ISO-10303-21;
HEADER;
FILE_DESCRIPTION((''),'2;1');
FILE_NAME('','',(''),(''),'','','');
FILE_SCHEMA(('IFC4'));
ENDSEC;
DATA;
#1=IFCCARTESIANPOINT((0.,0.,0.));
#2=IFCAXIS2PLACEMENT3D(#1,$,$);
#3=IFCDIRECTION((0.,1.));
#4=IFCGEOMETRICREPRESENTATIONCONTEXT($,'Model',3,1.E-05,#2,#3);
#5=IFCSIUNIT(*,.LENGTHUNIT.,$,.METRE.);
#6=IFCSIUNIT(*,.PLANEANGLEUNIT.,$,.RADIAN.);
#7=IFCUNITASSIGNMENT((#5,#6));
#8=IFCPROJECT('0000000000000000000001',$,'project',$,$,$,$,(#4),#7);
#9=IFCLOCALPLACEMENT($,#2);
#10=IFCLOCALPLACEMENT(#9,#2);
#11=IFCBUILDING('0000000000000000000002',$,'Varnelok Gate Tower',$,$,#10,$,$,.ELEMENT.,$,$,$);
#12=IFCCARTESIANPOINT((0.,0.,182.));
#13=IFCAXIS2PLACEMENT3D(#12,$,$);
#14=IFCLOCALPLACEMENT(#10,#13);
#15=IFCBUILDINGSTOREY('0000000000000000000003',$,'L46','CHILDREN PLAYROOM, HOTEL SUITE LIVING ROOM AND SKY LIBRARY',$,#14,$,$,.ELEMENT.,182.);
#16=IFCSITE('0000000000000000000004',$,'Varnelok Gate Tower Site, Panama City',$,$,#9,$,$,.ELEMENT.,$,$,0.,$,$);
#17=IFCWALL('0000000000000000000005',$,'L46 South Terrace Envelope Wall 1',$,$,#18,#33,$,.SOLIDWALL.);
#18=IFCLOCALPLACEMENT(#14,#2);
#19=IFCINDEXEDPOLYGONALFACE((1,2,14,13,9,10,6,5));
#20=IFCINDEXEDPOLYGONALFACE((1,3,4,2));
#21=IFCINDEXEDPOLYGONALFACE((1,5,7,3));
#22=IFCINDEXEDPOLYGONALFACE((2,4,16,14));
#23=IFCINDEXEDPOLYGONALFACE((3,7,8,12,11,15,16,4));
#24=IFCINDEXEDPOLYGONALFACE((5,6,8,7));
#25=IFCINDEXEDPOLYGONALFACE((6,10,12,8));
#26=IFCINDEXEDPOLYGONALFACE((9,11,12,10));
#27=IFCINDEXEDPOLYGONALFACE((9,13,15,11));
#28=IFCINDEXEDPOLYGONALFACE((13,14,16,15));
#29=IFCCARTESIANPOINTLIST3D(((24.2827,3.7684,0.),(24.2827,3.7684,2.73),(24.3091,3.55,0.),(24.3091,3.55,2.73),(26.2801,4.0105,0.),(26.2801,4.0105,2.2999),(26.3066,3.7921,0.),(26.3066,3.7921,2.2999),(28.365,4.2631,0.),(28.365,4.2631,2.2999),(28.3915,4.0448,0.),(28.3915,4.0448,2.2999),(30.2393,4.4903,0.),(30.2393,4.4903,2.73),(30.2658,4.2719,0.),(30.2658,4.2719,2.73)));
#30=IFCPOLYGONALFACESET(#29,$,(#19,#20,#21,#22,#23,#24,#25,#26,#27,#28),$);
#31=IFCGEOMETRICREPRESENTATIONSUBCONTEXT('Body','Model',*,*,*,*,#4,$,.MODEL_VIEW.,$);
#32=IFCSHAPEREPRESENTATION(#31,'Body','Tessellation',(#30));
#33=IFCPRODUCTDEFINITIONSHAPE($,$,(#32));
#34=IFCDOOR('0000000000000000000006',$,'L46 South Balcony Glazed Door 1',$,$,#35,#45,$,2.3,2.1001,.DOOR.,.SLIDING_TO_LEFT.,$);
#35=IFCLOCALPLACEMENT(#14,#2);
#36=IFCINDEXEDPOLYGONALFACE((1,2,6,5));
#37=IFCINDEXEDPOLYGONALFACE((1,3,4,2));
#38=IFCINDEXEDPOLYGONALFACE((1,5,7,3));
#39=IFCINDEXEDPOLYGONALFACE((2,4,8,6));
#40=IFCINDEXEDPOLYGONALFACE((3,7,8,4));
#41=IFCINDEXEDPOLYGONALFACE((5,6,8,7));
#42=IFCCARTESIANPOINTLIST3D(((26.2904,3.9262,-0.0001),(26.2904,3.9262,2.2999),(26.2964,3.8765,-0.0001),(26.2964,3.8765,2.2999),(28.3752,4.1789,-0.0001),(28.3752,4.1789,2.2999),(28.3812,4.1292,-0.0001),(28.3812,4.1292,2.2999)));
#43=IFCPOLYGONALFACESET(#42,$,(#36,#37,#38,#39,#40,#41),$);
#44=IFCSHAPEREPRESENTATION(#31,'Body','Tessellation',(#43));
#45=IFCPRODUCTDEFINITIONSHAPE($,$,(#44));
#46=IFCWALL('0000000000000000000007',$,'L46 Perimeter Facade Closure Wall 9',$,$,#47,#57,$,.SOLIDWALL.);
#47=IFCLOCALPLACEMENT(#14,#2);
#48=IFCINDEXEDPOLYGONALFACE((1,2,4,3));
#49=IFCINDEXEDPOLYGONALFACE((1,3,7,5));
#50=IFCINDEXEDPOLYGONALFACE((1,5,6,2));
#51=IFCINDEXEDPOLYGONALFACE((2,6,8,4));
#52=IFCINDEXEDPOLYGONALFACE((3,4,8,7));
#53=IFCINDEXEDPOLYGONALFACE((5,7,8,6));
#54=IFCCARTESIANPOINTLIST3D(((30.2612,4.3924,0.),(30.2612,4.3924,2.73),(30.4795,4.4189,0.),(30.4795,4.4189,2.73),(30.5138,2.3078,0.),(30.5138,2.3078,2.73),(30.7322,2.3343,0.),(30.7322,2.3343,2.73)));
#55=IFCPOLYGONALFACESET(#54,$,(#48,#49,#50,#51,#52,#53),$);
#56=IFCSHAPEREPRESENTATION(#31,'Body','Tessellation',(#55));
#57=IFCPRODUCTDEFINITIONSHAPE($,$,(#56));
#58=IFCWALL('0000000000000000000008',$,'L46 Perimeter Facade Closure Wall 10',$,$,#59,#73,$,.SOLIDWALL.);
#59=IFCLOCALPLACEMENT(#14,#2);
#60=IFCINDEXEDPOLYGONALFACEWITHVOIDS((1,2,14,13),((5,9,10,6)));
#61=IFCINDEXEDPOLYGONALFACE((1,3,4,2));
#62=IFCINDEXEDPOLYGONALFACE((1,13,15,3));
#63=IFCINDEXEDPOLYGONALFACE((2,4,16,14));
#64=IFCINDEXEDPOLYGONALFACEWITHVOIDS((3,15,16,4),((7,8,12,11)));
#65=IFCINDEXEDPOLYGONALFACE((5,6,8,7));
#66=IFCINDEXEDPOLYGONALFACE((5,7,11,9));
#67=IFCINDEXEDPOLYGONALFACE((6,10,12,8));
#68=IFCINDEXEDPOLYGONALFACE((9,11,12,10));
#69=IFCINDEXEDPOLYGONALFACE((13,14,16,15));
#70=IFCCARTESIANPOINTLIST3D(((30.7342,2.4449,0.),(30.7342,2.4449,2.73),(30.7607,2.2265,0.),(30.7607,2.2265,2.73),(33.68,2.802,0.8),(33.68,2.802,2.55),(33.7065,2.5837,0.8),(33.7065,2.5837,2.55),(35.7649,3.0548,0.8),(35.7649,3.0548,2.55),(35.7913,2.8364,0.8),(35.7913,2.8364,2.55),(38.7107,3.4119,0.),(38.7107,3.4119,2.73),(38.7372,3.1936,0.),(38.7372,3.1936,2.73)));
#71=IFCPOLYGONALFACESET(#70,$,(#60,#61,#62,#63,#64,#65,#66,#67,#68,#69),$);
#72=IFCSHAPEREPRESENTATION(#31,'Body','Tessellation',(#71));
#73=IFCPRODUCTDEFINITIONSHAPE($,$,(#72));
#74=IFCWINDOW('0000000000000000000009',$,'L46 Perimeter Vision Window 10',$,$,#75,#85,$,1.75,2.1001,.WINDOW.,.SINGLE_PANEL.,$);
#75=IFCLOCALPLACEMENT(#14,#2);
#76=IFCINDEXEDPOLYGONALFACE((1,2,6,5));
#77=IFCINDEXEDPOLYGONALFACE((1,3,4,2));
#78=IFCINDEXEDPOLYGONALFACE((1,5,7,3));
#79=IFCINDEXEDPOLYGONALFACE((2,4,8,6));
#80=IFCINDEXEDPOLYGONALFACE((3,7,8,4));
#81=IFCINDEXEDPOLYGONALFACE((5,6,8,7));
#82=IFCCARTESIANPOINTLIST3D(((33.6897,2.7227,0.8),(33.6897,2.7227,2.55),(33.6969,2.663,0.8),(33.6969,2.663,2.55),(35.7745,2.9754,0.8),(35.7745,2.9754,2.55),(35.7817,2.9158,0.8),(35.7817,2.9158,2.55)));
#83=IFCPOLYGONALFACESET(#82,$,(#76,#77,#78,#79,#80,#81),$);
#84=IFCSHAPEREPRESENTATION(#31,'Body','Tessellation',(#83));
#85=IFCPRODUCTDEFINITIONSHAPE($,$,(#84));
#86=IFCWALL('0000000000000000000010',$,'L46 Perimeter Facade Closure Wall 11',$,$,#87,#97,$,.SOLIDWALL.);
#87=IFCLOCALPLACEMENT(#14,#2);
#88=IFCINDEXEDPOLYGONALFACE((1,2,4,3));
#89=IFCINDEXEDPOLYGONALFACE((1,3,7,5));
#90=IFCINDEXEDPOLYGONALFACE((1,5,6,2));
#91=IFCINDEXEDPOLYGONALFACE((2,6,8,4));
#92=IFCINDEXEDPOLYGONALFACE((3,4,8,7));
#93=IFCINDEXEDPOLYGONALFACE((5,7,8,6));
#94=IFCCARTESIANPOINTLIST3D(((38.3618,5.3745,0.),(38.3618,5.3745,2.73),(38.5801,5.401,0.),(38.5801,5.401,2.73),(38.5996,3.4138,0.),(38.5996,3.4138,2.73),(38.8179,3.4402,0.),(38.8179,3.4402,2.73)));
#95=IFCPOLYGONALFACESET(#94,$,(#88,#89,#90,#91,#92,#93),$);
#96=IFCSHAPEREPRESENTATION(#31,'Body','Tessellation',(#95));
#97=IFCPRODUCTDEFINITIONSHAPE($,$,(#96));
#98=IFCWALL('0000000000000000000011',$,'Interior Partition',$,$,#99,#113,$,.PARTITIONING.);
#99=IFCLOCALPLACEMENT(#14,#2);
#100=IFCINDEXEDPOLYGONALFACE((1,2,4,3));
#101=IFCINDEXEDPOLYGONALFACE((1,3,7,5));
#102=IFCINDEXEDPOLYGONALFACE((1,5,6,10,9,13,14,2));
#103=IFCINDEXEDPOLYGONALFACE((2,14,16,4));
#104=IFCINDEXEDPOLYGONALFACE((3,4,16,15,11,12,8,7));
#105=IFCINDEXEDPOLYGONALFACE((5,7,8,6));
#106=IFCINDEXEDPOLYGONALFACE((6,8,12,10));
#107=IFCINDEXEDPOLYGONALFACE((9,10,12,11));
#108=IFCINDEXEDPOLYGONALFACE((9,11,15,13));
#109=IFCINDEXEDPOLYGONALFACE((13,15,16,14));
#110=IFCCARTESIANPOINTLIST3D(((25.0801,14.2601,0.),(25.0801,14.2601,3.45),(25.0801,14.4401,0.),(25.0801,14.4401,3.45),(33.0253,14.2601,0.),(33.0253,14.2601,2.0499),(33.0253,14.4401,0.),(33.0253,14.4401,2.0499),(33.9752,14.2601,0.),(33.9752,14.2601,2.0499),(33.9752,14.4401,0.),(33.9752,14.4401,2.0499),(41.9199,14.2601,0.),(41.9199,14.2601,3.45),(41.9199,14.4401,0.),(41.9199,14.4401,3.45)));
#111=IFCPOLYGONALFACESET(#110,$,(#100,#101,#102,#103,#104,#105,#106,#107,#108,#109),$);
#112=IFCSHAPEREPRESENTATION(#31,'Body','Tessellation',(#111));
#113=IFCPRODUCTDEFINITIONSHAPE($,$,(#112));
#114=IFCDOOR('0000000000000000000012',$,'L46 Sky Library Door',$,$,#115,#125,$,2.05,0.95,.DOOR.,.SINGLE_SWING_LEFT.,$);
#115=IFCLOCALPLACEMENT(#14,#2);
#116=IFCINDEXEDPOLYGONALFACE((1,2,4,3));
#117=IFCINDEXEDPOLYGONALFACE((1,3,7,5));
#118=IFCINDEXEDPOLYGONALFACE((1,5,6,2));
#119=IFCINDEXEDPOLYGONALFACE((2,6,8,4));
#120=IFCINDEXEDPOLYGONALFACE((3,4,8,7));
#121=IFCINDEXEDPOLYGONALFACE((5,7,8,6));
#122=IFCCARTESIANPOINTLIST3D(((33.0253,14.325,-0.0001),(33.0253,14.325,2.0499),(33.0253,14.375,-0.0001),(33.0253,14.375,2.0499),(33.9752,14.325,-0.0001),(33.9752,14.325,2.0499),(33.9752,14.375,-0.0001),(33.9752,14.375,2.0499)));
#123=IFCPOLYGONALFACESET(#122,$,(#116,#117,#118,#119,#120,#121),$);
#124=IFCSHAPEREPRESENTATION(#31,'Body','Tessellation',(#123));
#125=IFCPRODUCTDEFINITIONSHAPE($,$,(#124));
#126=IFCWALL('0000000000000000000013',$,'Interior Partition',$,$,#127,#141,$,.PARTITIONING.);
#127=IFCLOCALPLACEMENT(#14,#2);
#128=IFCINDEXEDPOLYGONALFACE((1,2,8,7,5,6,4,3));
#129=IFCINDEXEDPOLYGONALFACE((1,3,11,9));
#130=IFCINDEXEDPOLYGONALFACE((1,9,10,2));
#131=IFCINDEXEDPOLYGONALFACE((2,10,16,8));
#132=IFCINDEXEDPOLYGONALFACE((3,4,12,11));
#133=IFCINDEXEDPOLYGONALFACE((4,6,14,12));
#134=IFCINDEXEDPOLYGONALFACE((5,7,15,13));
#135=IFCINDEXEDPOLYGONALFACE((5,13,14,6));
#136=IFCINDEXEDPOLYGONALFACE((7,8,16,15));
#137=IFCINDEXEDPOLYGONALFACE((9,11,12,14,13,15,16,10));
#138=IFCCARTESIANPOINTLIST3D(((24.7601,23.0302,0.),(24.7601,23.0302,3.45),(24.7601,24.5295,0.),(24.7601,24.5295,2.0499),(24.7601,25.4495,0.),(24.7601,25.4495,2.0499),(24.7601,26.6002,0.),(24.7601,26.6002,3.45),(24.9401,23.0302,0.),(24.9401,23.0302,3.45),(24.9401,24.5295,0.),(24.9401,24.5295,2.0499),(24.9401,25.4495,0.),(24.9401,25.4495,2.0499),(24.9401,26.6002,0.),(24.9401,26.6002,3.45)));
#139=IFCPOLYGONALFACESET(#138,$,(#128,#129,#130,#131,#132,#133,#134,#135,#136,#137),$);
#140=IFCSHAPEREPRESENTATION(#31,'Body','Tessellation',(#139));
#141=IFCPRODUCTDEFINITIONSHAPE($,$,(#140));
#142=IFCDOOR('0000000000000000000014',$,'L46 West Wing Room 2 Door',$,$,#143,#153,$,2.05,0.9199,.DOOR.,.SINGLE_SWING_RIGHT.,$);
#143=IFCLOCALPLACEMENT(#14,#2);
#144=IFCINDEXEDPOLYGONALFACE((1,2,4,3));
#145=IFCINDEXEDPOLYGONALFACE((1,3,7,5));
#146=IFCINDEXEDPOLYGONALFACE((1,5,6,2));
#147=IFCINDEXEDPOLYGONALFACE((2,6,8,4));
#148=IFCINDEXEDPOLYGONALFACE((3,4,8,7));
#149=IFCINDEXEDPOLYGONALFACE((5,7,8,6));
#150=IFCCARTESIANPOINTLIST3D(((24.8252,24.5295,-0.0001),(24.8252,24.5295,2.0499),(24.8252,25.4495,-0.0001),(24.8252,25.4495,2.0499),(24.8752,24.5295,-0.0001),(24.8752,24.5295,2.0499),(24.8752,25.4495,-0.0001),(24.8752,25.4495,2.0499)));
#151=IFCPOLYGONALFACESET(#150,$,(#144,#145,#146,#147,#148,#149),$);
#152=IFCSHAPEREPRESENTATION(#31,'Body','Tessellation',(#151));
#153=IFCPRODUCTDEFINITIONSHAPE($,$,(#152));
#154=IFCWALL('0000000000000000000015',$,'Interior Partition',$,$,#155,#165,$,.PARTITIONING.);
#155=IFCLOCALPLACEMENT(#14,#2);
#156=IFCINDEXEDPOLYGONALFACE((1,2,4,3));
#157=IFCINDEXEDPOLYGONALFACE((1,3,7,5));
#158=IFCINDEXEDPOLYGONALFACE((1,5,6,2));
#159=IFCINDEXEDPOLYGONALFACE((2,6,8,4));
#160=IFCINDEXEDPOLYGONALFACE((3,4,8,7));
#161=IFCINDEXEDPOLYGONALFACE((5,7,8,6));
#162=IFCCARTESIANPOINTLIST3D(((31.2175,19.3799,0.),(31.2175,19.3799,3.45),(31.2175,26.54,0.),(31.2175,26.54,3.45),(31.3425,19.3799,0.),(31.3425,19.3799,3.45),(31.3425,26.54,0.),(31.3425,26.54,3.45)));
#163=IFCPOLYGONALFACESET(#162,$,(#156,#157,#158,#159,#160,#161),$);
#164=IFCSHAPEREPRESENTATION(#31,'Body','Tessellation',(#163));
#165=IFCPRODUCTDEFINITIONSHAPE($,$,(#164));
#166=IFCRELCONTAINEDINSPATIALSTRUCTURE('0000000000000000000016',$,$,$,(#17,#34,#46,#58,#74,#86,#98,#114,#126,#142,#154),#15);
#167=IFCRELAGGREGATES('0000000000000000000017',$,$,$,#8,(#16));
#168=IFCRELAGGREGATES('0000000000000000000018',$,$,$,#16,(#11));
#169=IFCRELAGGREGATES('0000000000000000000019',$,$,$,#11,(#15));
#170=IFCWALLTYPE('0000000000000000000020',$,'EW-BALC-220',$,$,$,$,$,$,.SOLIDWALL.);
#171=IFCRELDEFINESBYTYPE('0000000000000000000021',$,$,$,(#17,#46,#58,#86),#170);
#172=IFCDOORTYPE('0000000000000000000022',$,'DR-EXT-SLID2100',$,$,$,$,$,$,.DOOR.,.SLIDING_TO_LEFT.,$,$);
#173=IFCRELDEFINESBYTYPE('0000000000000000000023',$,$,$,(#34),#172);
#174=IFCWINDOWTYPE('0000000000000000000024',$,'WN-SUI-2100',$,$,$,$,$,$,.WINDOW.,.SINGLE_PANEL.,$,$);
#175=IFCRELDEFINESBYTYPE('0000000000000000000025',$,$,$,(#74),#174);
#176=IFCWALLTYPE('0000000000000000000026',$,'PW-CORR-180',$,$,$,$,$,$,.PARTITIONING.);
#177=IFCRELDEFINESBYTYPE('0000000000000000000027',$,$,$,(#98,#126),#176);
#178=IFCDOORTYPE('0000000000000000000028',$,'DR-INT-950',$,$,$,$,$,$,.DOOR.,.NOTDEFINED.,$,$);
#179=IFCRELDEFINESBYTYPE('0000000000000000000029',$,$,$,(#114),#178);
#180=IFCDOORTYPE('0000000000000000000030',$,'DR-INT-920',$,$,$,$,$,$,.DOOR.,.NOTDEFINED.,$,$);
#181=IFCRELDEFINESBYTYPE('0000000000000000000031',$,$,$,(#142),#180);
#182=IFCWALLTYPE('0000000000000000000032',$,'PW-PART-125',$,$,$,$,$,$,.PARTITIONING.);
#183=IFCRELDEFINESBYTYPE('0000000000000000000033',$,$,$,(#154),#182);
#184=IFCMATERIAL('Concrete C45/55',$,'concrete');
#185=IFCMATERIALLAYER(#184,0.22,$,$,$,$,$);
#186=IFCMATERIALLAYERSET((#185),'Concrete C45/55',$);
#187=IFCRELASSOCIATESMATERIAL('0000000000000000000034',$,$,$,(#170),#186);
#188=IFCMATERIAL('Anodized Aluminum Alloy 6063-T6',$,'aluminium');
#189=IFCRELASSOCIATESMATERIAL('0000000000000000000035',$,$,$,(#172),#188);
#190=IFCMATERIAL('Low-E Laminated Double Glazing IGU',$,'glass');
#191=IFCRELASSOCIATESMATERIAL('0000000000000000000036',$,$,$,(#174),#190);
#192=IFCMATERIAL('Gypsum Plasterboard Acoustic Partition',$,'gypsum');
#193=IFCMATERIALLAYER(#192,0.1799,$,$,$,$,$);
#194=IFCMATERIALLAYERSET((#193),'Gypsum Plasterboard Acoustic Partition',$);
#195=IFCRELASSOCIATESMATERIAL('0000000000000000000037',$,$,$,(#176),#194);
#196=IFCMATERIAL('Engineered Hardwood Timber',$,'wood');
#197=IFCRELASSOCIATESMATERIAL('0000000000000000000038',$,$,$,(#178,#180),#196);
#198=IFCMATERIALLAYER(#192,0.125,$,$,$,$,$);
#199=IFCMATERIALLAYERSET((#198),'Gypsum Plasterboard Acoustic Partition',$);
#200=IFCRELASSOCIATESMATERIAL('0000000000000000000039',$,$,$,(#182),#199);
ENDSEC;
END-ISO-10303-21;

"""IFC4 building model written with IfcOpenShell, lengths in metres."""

from ifc_helpers import new_model, si_unit, direction, frame, frame_2d, origin, place, context, subcontext, project, spatial, rectangle, extrude, material, layer, layer_set, type_object, element, fill, save


model = new_model("IFC4")

# Units and contexts
model_context = context("Model", 3, precision=1e-05, world=origin(), true_north=direction((0.0, 1.0)))
body_context = subcontext(model_context, "Body", "Model", "MODEL_VIEW")
ifc_project = project(units=[si_unit("LENGTHUNIT", "METRE"), si_unit("PLANEANGLEUNIT", "RADIAN")], contexts=[model_context])

# Site, building, storey
site_placement = place(None, origin())
site = spatial("IfcSite", under=ifc_project, at=site_placement, Name="Varnelok Gate Tower Site, Panama City", CompositionType="ELEMENT", RefElevation=0.0)
building_placement = place(site_placement, origin())
building = spatial("IfcBuilding", under=site, at=building_placement, Name="Varnelok Gate Tower", CompositionType="ELEMENT")
storey_placement = place(building_placement, frame((0.0, 0.0, 182.0)))
storey = spatial("IfcBuildingStorey", under=building, at=storey_placement, Name="L46", Description="CHILDREN PLAYROOM, HOTEL SUITE LIVING ROOM AND SKY LIBRARY", CompositionType="ELEMENT", Elevation=182.0)

# Wall, opening, door
ifc_material_1 = material(Name="Concrete C45/55", Category="concrete")
ifc_layer_1 = layer(ifc_material_1, 0.22)
ifc_layer_set_1 = layer_set([ifc_layer_1], Name="Concrete C45/55")
wall_type_1 = type_object("IfcWallType", Name="EW-BALC-220", PredefinedType="SOLIDWALL", material=ifc_layer_set_1)
wall_1_placement = place(storey_placement, frame((30.2524, 4.3811, 0.0), z_axis=(0.0, 0.0, 1.0), x_axis=(-0.992735, -0.120318, 0.0)))
wall_1 = element("IfcWall", 1, at=wall_1_placement, inside=storey, type_object=wall_type_1, Name="L46 South Terrace Envelope Wall 1", PredefinedType="SOLIDWALL", context=body_context, shape_type="SweptSolid", body=[
    extrude(rectangle(XDim=6.0002, YDim=0.22, at=frame_2d((3.0, 0.0))), origin(), (0.0, 0.0, 1.0), 2.73),
])
opening_1_placement = place(wall_1_placement, frame((1.8879, 0.0, 0.0)))
opening_1 = element("IfcOpeningElement", 2, at=opening_1_placement, cuts=wall_1, PredefinedType="OPENING", context=body_context, shape_type="SweptSolid", body=[
    extrude(rectangle(XDim=2.1001, YDim=2.3, at=frame_2d((1.05, 1.1499))), frame((0.0, 0.1199, 0.0), z_axis=(0.0, -1.0, 0.0), x_axis=(1.0, 0.0, 0.0)), (0.0, 0.0, 1.0), 0.24),
])
ifc_material_2 = material(Name="Anodized Aluminum Alloy 6063-T6", Category="aluminium")
door_type_1 = type_object("IfcDoorType", Name="DR-EXT-SLID2100", OperationType="SLIDING_TO_LEFT", PredefinedType="DOOR", material=ifc_material_2)
door_1_placement = place(opening_1_placement, origin())
door_1 = element("IfcDoor", 3, at=door_1_placement, inside=storey, type_object=door_type_1, Name="L46 South Balcony Glazed Door 1", OperationType="SLIDING_TO_LEFT", OverallHeight=2.3, OverallWidth=2.1001, PredefinedType="DOOR", context=body_context, shape_type="SweptSolid", body=[
    extrude(rectangle(XDim=2.1001, YDim=2.3, at=frame_2d((1.05, 1.1499))), frame((0.0, 0.0249, 0.0), z_axis=(0.0, -1.0, 0.0), x_axis=(1.0, 0.0, 0.0)), (0.0, 0.0, 1.0), 0.05),
])
fill(opening_1, door_1)

# Wall
wall_2_placement = place(storey_placement, frame((30.3704, 4.4055, 0.0), z_axis=(0.0, 0.0, 1.0), x_axis=(0.120328, -0.992734, 0.0)))
element("IfcWall", 4, at=wall_2_placement, inside=storey, type_object=wall_type_1, Name="L46 Perimeter Facade Closure Wall 9", PredefinedType="SOLIDWALL", context=body_context, shape_type="SweptSolid", body=[
    extrude(rectangle(XDim=2.0999, YDim=0.22, at=frame_2d((1.0498, 0.0))), origin(), (0.0, 0.0, 1.0), 2.73),
])

# Wall, opening, window
wall_3_placement = place(storey_placement, frame((30.7473, 2.3357, 0.0), z_axis=(0.0, 0.0, 1.0), x_axis=(0.992731, 0.120354, 0.0)))
wall_3 = element("IfcWall", 5, at=wall_3_placement, inside=storey, type_object=wall_type_1, Name="L46 Perimeter Facade Closure Wall 10", PredefinedType="SOLIDWALL", context=body_context, shape_type="SweptSolid", body=[
    extrude(rectangle(XDim=8.0349, YDim=0.22, at=frame_2d((4.0176, 0.0))), origin(), (0.0, 0.0, 1.0), 2.73),
])
opening_2_placement = place(wall_3_placement, frame((2.9675, 0.0, 0.8)))
opening_2 = element("IfcOpeningElement", 6, at=opening_2_placement, cuts=wall_3, PredefinedType="OPENING", context=body_context, shape_type="SweptSolid", body=[
    extrude(rectangle(XDim=2.1001, YDim=1.75, at=frame_2d((1.05, 0.875))), frame((0.0, 0.1199, 0.0), z_axis=(0.0, -1.0, 0.0), x_axis=(1.0, 0.0, 0.0)), (0.0, 0.0, 1.0), 0.24),
])
ifc_material_3 = material(Name="Low-E Laminated Double Glazing IGU", Category="glass")
window_type = type_object("IfcWindowType", Name="WN-SUI-2100", PartitioningType="SINGLE_PANEL", PredefinedType="WINDOW", material=ifc_material_3)
window_placement = place(opening_2_placement, origin())
window = element("IfcWindow", 7, at=window_placement, inside=storey, type_object=window_type, Name="L46 Perimeter Vision Window 10", OverallHeight=1.75, OverallWidth=2.1001, PartitioningType="SINGLE_PANEL", PredefinedType="WINDOW", context=body_context, shape_type="SweptSolid", body=[
    extrude(rectangle(XDim=2.1001, YDim=1.75, at=frame_2d((1.05, 0.875))), frame((0.0, 0.03, 0.0), z_axis=(0.0, -1.0, 0.0), x_axis=(1.0, 0.0, 0.0)), (0.0, 0.0, 1.0), 0.0601),
])
fill(opening_2, window)

# Wall
wall_4_placement = place(storey_placement, frame((38.7087, 3.427, 0.0), z_axis=(0.0, 0.0, 1.0), x_axis=(-0.120398, 0.992726, 0.0)))
element("IfcWall", 8, at=wall_4_placement, inside=storey, type_object=wall_type_1, Name="L46 Perimeter Facade Closure Wall 11", PredefinedType="SOLIDWALL", context=body_context, shape_type="SweptSolid", body=[
    extrude(rectangle(XDim=1.9751, YDim=0.22, at=frame_2d((0.9875, 0.0))), origin(), (0.0, 0.0, 1.0), 2.73),
])

# Walls, openings, doors
ifc_material_4 = material(Name="Gypsum Plasterboard Acoustic Partition", Category="gypsum")
ifc_layer_2 = layer(ifc_material_4, 0.1799)
ifc_layer_set_2 = layer_set([ifc_layer_2], Name="Gypsum Plasterboard Acoustic Partition")
wall_type_2 = type_object("IfcWallType", Name="PW-CORR-180", PredefinedType="PARTITIONING", material=ifc_layer_set_2)
wall_5_placement = place(storey_placement, frame((25.0801, 14.3501, 0.0), z_axis=(0.0, 0.0, 1.0), x_axis=(1.0, 0.0, 0.0)))
wall_5 = element("IfcWall", 9, at=wall_5_placement, inside=storey, type_object=wall_type_2, Name="Interior Partition", PredefinedType="PARTITIONING", context=body_context, shape_type="SweptSolid", body=[
    extrude(rectangle(XDim=16.8398, YDim=0.1799, at=frame_2d((8.4199, 0.0))), origin(), (0.0, 0.0, 1.0), 3.45),
])
opening_3_placement = place(wall_5_placement, frame((7.9451, 0.0, 0.0)))
opening_3 = element("IfcOpeningElement", 10, at=opening_3_placement, cuts=wall_5, PredefinedType="OPENING", context=body_context, shape_type="SweptSolid", body=[
    extrude(rectangle(XDim=0.95, YDim=2.05, at=frame_2d((0.4751, 1.0249))), frame((0.0, 0.0999, 0.0), z_axis=(0.0, -1.0, 0.0), x_axis=(1.0, 0.0, 0.0)), (0.0, 0.0, 1.0), 0.2),
])
ifc_material_5 = material(Name="Engineered Hardwood Timber", Category="wood")
door_type_2 = type_object("IfcDoorType", Name="DR-INT-950", OperationType="NOTDEFINED", PredefinedType="DOOR", material=ifc_material_5)
door_2_placement = place(opening_3_placement, origin())
door_2 = element("IfcDoor", 11, at=door_2_placement, inside=storey, type_object=door_type_2, Name="L46 Sky Library Door", OperationType="SINGLE_SWING_LEFT", OverallHeight=2.05, OverallWidth=0.95, PredefinedType="DOOR", context=body_context, shape_type="SweptSolid", body=[
    extrude(rectangle(XDim=0.95, YDim=2.05, at=frame_2d((0.4751, 1.0249))), frame((0.0, 0.0249, 0.0), z_axis=(0.0, -1.0, 0.0), x_axis=(1.0, 0.0, 0.0)), (0.0, 0.0, 1.0), 0.05),
])
fill(opening_3, door_2)
wall_6_placement = place(storey_placement, frame((24.8501, 23.03, 0.0), z_axis=(0.0, 0.0, 1.0), x_axis=(0.0, 1.0, 0.0)))
wall_6 = element("IfcWall", 12, at=wall_6_placement, inside=storey, type_object=wall_type_2, Name="Interior Partition", PredefinedType="PARTITIONING", context=body_context, shape_type="SweptSolid", body=[
    extrude(rectangle(XDim=3.5701, YDim=0.1799, at=frame_2d((1.7852, 0.0))), origin(), (0.0, 0.0, 1.0), 3.45),
])
opening_4_placement = place(wall_6_placement, frame((1.4995, 0.0, 0.0)))
opening_4 = element("IfcOpeningElement", 13, at=opening_4_placement, cuts=wall_6, PredefinedType="OPENING", context=body_context, shape_type="SweptSolid", body=[
    extrude(rectangle(XDim=0.9199, YDim=2.05, at=frame_2d((0.46, 1.0249))), frame((0.0, 0.0999, 0.0), z_axis=(0.0, -1.0, 0.0), x_axis=(1.0, 0.0, 0.0)), (0.0, 0.0, 1.0), 0.2),
])
door_type_3 = type_object("IfcDoorType", Name="DR-INT-920", OperationType="NOTDEFINED", PredefinedType="DOOR", material=ifc_material_5)
door_3_placement = place(opening_4_placement, origin())
door_3 = element("IfcDoor", 14, at=door_3_placement, inside=storey, type_object=door_type_3, Name="L46 West Wing Room 2 Door", OperationType="SINGLE_SWING_RIGHT", OverallHeight=2.05, OverallWidth=0.9199, PredefinedType="DOOR", context=body_context, shape_type="SweptSolid", body=[
    extrude(rectangle(XDim=0.9199, YDim=2.05, at=frame_2d((0.46, 1.0249))), frame((0.0, 0.0249, 0.0), z_axis=(0.0, -1.0, 0.0), x_axis=(1.0, 0.0, 0.0)), (0.0, 0.0, 1.0), 0.05),
])
fill(opening_4, door_3)

# Wall
ifc_layer_3 = layer(ifc_material_4, 0.125)
ifc_layer_set_3 = layer_set([ifc_layer_3], Name="Gypsum Plasterboard Acoustic Partition")
wall_type_3 = type_object("IfcWallType", Name="PW-PART-125", PredefinedType="PARTITIONING", material=ifc_layer_set_3)
wall_7_placement = place(storey_placement, frame((31.28, 19.3799, 0.0), z_axis=(0.0, 0.0, 1.0), x_axis=(0.0, 1.0, 0.0)))
element("IfcWall", 15, at=wall_7_placement, inside=storey, type_object=wall_type_3, Name="Interior Partition", PredefinedType="PARTITIONING", context=body_context, shape_type="SweptSolid", body=[
    extrude(rectangle(XDim=7.1602, YDim=0.125, at=frame_2d((3.5801, 0.0))), origin(), (0.0, 0.0, 1.0), 3.45),
])

save(model, "model.ifc")
